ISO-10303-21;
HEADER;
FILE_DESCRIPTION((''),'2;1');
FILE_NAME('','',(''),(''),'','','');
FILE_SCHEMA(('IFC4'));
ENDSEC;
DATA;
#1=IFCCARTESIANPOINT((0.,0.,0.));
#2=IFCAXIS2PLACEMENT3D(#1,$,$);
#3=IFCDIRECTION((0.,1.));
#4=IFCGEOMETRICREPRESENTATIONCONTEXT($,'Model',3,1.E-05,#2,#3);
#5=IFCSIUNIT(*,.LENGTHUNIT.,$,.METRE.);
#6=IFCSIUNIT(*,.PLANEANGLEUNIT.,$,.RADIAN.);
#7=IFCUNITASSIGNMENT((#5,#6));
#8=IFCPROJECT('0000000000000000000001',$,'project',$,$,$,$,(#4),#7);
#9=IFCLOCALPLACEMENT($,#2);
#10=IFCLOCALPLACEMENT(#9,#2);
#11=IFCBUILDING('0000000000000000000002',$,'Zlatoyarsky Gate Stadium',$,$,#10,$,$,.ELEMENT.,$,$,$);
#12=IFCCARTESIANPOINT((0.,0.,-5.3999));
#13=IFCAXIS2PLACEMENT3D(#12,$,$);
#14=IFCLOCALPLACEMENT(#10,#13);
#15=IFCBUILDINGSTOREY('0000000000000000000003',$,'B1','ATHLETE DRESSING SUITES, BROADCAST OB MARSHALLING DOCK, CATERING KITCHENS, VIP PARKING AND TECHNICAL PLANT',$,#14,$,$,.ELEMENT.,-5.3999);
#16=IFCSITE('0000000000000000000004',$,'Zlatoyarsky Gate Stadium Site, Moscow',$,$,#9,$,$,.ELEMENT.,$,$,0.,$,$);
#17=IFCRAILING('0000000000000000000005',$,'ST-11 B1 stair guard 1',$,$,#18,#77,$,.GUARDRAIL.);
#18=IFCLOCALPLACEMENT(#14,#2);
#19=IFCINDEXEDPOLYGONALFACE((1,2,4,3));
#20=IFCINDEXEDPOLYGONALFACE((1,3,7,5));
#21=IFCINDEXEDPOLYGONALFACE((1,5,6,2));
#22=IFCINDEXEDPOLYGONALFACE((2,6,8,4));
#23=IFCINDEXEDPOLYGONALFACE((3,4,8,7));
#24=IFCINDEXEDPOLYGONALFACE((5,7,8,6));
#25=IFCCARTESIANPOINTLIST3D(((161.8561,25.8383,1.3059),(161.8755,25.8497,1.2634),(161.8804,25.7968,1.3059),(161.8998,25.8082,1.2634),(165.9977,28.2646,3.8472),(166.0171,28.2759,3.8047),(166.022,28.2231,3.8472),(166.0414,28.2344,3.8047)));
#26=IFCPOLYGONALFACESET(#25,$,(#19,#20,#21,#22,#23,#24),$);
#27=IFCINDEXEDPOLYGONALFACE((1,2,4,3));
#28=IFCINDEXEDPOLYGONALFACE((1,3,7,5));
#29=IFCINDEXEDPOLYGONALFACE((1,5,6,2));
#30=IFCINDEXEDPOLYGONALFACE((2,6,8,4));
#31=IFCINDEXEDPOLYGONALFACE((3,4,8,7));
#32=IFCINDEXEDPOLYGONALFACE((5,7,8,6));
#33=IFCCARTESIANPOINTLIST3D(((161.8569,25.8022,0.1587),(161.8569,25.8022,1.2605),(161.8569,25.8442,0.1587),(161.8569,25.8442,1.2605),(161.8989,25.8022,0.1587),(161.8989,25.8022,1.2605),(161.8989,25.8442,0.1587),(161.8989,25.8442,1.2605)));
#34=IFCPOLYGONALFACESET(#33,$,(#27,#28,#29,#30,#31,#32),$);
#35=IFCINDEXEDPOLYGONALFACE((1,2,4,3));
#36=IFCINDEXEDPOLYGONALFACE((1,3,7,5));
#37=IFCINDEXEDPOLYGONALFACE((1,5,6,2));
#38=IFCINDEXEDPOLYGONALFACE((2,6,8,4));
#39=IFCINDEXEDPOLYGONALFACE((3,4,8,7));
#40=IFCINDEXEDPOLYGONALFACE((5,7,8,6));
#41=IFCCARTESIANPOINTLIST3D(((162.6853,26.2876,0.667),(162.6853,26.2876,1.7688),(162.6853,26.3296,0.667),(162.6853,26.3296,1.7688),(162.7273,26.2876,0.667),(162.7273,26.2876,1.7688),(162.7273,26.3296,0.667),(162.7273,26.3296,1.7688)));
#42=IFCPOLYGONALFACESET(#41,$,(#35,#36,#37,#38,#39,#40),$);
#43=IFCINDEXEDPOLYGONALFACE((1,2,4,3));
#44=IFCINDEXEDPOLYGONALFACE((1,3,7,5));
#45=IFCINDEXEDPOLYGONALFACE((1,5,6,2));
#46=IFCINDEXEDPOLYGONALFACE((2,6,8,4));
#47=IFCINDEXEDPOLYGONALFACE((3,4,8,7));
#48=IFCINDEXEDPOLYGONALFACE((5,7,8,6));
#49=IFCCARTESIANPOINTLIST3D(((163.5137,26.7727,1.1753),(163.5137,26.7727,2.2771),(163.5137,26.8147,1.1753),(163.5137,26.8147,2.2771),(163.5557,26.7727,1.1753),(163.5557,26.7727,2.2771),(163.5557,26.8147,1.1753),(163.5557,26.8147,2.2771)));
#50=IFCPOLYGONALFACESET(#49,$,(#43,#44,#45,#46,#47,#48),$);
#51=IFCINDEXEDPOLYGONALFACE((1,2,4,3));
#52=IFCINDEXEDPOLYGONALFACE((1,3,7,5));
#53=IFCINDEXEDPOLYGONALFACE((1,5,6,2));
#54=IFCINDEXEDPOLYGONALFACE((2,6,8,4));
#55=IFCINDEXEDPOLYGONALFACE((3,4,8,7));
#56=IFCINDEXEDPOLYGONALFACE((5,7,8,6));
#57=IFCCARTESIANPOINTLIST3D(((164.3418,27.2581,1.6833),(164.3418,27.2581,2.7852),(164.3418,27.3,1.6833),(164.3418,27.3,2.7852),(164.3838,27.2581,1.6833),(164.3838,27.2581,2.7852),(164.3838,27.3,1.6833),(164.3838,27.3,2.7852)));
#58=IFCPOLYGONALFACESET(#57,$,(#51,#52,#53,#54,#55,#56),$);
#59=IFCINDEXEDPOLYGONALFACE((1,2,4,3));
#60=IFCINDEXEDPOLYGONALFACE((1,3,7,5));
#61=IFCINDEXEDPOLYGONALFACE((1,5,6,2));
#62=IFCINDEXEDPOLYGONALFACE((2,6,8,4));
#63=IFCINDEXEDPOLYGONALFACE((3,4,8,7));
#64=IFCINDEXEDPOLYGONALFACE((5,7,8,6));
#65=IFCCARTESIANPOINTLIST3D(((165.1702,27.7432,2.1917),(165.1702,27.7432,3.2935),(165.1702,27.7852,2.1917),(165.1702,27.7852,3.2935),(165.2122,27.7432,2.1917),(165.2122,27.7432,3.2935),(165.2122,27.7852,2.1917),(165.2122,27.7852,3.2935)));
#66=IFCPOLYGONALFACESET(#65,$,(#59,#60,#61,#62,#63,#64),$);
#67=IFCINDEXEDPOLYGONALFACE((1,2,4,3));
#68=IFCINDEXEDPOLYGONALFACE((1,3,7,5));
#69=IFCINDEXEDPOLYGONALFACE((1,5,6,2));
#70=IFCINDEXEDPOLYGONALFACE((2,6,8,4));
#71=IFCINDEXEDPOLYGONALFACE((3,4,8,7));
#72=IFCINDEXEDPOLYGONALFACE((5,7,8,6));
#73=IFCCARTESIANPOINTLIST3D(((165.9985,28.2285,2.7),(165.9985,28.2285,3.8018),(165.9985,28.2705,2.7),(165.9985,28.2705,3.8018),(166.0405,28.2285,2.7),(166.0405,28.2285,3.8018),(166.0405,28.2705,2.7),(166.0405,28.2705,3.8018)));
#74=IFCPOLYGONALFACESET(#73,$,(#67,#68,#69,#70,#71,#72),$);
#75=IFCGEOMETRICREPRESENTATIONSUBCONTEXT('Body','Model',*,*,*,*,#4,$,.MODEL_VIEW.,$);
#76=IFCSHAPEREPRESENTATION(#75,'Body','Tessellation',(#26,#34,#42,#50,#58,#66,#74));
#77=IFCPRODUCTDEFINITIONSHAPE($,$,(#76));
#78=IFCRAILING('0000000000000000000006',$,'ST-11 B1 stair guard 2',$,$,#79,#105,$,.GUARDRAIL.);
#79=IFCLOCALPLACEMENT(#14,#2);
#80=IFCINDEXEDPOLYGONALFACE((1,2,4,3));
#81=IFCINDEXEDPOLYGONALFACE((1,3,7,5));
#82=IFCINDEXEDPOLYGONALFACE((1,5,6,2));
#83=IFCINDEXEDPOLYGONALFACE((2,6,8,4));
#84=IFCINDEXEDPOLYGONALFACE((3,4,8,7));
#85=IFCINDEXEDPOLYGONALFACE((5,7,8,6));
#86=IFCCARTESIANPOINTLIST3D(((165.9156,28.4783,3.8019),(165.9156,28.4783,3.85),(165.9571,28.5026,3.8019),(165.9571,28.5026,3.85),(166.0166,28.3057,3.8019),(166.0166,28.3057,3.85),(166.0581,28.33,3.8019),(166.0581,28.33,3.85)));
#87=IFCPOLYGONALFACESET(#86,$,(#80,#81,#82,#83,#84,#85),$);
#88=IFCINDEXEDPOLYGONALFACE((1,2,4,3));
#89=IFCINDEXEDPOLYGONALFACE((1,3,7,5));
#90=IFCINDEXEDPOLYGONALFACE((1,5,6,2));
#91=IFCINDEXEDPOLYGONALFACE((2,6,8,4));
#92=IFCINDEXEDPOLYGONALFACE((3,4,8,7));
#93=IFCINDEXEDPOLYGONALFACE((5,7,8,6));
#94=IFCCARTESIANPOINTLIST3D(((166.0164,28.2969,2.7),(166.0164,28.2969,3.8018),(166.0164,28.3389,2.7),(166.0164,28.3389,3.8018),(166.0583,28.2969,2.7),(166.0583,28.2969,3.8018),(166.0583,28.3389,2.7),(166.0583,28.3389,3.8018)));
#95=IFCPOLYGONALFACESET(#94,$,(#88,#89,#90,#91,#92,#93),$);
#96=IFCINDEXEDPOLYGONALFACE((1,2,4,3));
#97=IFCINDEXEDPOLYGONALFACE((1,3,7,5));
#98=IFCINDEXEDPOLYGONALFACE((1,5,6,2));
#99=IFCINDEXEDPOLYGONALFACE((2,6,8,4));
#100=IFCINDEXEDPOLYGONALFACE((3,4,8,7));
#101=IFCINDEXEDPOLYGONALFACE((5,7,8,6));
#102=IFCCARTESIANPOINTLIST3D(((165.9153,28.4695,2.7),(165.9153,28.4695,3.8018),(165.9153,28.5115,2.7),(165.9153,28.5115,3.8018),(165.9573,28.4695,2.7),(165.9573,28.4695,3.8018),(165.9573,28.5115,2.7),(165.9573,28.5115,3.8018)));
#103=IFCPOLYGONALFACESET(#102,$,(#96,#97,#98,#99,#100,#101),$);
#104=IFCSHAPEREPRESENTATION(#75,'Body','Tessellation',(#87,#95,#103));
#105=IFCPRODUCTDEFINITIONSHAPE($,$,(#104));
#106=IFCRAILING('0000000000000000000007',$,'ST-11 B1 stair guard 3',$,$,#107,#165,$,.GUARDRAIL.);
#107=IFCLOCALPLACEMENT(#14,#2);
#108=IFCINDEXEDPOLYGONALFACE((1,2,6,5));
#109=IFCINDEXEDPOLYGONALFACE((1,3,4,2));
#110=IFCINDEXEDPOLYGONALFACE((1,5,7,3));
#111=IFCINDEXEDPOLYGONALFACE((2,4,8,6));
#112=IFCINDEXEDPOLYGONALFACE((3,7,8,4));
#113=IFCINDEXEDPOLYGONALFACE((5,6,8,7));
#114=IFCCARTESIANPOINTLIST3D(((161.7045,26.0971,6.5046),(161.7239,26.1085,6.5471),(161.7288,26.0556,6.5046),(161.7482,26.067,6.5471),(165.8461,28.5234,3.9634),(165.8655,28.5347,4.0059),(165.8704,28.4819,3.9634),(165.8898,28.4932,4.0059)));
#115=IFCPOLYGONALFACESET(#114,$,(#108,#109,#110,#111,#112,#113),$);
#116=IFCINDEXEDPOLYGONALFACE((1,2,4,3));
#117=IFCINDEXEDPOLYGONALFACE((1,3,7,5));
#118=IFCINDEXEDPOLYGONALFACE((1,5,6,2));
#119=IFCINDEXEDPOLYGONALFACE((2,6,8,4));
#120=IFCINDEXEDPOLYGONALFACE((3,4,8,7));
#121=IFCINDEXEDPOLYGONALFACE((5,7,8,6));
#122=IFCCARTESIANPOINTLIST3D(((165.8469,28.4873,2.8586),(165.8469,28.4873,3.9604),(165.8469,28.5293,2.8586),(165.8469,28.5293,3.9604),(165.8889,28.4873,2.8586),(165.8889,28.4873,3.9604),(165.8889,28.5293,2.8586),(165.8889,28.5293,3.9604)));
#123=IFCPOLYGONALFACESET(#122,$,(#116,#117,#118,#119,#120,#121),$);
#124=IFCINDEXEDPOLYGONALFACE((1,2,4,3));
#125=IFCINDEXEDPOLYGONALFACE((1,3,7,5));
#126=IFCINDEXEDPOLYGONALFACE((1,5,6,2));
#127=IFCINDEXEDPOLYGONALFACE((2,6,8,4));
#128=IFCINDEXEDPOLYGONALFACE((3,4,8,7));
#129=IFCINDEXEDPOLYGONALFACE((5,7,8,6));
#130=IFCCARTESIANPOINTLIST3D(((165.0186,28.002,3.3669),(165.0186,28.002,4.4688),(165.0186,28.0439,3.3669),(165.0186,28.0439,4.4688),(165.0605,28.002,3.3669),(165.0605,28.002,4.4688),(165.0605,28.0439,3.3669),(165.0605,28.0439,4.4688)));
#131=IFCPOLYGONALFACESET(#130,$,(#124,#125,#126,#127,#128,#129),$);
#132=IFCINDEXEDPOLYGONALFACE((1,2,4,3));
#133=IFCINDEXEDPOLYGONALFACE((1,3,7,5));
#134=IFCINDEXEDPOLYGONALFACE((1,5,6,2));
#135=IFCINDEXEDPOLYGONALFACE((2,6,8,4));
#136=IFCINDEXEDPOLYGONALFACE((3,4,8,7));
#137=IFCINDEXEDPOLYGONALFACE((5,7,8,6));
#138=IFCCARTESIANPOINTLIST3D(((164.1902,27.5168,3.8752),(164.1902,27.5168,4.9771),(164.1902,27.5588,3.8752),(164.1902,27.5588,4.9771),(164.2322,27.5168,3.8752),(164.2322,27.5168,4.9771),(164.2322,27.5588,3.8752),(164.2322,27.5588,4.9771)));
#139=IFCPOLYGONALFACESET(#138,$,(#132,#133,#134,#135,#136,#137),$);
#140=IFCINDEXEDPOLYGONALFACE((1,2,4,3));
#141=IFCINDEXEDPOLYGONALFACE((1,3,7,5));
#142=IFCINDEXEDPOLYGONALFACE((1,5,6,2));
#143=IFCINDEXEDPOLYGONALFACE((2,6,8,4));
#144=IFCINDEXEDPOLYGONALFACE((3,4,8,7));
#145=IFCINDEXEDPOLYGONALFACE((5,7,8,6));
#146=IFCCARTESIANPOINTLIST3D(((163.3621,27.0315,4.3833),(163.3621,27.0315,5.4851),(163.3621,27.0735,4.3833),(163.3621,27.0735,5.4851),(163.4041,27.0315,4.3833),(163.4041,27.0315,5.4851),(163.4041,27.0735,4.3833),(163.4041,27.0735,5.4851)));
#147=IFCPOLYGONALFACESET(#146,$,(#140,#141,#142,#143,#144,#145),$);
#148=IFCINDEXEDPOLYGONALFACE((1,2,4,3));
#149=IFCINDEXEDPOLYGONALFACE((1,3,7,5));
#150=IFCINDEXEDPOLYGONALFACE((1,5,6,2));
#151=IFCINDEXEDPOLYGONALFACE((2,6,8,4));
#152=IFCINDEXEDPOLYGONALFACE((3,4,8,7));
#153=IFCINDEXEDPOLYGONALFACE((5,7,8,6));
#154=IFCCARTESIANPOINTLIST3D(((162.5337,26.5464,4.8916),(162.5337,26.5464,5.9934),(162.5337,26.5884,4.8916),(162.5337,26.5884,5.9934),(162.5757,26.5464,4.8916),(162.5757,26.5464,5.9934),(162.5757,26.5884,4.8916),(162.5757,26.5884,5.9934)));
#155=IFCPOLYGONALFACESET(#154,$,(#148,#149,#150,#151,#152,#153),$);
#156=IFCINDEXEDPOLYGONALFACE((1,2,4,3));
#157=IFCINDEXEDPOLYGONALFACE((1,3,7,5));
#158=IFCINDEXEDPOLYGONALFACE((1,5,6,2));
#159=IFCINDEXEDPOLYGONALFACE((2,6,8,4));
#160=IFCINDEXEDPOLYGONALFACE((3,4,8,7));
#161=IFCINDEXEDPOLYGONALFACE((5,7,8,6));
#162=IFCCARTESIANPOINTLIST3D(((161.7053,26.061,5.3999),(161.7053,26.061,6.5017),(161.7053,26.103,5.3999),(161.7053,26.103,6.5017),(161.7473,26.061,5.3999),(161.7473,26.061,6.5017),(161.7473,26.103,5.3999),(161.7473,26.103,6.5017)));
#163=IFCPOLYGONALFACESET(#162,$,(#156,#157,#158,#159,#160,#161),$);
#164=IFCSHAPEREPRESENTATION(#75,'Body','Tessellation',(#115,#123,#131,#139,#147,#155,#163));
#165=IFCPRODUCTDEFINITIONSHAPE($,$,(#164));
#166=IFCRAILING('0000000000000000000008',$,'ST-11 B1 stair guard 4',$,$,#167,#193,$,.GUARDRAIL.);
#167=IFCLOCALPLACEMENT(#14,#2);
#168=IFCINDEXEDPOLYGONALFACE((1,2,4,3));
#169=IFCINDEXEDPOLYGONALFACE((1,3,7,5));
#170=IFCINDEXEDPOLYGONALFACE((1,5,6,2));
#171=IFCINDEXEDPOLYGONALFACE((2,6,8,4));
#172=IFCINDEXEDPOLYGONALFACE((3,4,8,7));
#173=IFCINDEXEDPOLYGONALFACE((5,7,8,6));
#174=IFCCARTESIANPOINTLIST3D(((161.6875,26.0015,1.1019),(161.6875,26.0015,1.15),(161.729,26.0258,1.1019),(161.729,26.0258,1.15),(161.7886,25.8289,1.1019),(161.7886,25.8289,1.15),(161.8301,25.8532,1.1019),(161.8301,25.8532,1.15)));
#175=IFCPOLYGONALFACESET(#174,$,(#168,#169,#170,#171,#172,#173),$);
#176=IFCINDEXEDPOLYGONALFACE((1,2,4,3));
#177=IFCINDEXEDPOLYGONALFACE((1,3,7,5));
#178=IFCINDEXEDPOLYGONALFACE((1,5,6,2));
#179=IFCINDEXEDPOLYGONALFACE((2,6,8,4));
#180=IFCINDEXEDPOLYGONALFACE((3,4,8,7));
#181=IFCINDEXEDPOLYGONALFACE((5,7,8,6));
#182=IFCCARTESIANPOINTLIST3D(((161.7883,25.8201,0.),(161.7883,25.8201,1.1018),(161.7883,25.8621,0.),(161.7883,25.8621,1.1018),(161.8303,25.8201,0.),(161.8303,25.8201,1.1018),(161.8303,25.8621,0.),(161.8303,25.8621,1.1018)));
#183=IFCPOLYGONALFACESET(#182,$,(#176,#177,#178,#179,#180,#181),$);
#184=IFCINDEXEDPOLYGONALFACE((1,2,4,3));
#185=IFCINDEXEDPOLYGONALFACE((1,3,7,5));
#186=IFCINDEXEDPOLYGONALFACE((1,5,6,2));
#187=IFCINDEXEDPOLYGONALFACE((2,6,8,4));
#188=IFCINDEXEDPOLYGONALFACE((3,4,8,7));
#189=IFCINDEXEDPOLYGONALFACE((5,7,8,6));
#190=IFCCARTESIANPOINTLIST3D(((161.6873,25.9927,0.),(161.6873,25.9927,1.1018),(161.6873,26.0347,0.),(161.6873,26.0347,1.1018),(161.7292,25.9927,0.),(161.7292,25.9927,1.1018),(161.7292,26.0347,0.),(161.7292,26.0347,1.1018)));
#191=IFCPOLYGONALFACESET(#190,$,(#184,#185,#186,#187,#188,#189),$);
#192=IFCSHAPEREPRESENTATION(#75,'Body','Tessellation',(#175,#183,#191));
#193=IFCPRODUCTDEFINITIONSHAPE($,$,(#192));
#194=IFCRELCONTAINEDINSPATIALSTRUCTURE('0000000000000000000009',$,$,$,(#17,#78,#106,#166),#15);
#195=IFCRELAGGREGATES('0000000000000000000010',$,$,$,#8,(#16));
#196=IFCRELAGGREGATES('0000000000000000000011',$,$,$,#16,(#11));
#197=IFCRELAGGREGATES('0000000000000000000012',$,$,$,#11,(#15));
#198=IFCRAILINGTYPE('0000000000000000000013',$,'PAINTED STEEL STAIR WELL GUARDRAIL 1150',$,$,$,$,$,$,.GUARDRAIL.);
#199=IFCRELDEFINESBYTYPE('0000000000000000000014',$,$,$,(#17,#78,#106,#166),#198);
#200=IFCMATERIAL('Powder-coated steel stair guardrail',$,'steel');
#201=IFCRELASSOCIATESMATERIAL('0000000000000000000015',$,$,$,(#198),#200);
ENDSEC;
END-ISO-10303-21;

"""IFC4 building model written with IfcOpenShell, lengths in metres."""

from ifc_helpers import new_model, si_unit, direction, frame, origin, origin_2d, place, context, subcontext, project, spatial, rectangle, extrude, material, type_object, element, save


model = new_model("IFC4")

# Units and contexts
model_context = context("Model", 3, precision=1e-05, world=origin(), true_north=direction((0.0, 1.0)))
body_context = subcontext(model_context, "Body", "Model", "MODEL_VIEW")
ifc_project = project(units=[si_unit("LENGTHUNIT", "METRE"), si_unit("PLANEANGLEUNIT", "RADIAN")], contexts=[model_context])

# Site, building, storey
site_placement = place(None, origin())
site = spatial("IfcSite", under=ifc_project, at=site_placement, Name="Zlatoyarsky Gate Stadium Site, Moscow", CompositionType="ELEMENT", RefElevation=0.0)
building_placement = place(site_placement, origin())
building = spatial("IfcBuilding", under=site, at=building_placement, Name="Zlatoyarsky Gate Stadium", CompositionType="ELEMENT")
storey_placement = place(building_placement, frame((0.0, 0.0, -5.3999)))
storey = spatial("IfcBuildingStorey", under=building, at=storey_placement, Name="B1", Description="ATHLETE DRESSING SUITES, BROADCAST OB MARSHALLING DOCK, CATERING KITCHENS, VIP PARKING AND TECHNICAL PLANT", CompositionType="ELEMENT", Elevation=-5.3999)

# Railings
ifc_material_1 = material(Name="Powder-coated steel stair guardrail", Category="steel")
railing_type_1 = type_object("IfcRailingType", Name="PAINTED STEEL STAIR WELL GUARDRAIL 1150", PredefinedType="GUARDRAIL", material=ifc_material_1)
railing_1_placement = place(storey_placement, frame((161.8779, 25.8232, 0.1587)))
element("IfcRailing", 1, at=railing_1_placement, inside=storey, type_object=railing_type_1, Name="ST-11 B1 stair guard 1", PredefinedType="GUARDRAIL", context=body_context, shape_type="SweptSolid", body=[
    extrude(rectangle(XDim=0.0481, YDim=0.0481, at=origin_2d()), frame((0.0, 0.0, 1.126), z_axis=(0.762561, 0.44673, 0.467902), x_axis=(-0.505477, 0.86284, 0.0)), (0.0, 0.0, 1.0), 5.4312),
    extrude(rectangle(XDim=0.042, YDim=0.042, at=origin_2d()), origin(), (0.0, 0.0, 1.0), 1.1018),
    extrude(rectangle(XDim=0.042, YDim=0.042, at=origin_2d()), frame((0.8284, 0.4854, 0.5083)), (0.0, 0.0, 1.0), 1.1018),
    extrude(rectangle(XDim=0.042, YDim=0.042, at=origin_2d()), frame((1.6567, 0.9705, 1.0166)), (0.0, 0.0, 1.0), 1.1018),
    extrude(rectangle(XDim=0.042, YDim=0.042, at=origin_2d()), frame((2.4849, 1.4558, 1.5247)), (0.0, 0.0, 1.0), 1.1018),
    extrude(rectangle(XDim=0.042, YDim=0.042, at=origin_2d()), frame((3.3132, 1.9409, 2.033)), (0.0, 0.0, 1.0), 1.1018),
    extrude(rectangle(XDim=0.042, YDim=0.042, at=origin_2d()), frame((4.1416, 2.4263, 2.5413)), (0.0, 0.0, 1.0), 1.1018),
])
railing_2_placement = place(storey_placement, frame((166.0374, 28.3179, 2.7)))
element("IfcRailing", 2, at=railing_2_placement, inside=storey, type_object=railing_type_1, Name="ST-11 B1 stair guard 2", PredefinedType="GUARDRAIL", context=body_context, shape_type="SweptSolid", body=[
    extrude(rectangle(XDim=0.0481, YDim=0.0481, at=origin_2d()), frame((0.0, 0.0, 1.126), z_axis=(-0.505312, 0.862937, 0.0), x_axis=(-0.862937, -0.505312, 0.0)), (0.0, 0.0, 1.0), 0.2),
    extrude(rectangle(XDim=0.042, YDim=0.042, at=origin_2d()), origin(), (0.0, 0.0, 1.0), 1.1018),
    extrude(rectangle(XDim=0.042, YDim=0.042, at=origin_2d()), frame((-0.1011, 0.1726, 0.0)), (0.0, 0.0, 1.0), 1.1018),
])
railing_3_placement = place(storey_placement, frame((165.8679, 28.5083, 2.8586)))
element("IfcRailing", 3, at=railing_3_placement, inside=storey, type_object=railing_type_1, Name="ST-11 B1 stair guard 3", PredefinedType="GUARDRAIL", context=body_context, shape_type="SweptSolid", body=[
    extrude(rectangle(XDim=0.0481, YDim=0.0481, at=origin_2d()), frame((0.0, 0.0, 1.126), z_axis=(-0.762561, -0.44673, 0.467902), x_axis=(0.505477, -0.86284, 0.0)), (0.0, 0.0, 1.0), 5.4312),
    extrude(rectangle(XDim=0.042, YDim=0.042, at=origin_2d()), origin(), (0.0, 0.0, 1.0), 1.1018),
    extrude(rectangle(XDim=0.042, YDim=0.042, at=origin_2d()), frame((-0.8284, -0.4854, 0.5083)), (0.0, 0.0, 1.0), 1.1018),
    extrude(rectangle(XDim=0.042, YDim=0.042, at=origin_2d()), frame((-1.6567, -0.9705, 1.0166)), (0.0, 0.0, 1.0), 1.1018),
    extrude(rectangle(XDim=0.042, YDim=0.042, at=origin_2d()), frame((-2.4849, -1.4558, 1.5247)), (0.0, 0.0, 1.0), 1.1018),
    extrude(rectangle(XDim=0.042, YDim=0.042, at=origin_2d()), frame((-3.3132, -1.9409, 2.033)), (0.0, 0.0, 1.0), 1.1018),
    extrude(rectangle(XDim=0.042, YDim=0.042, at=origin_2d()), frame((-4.1416, -2.4263, 2.5413)), (0.0, 0.0, 1.0), 1.1018),
])
railing_4_placement = place(storey_placement, frame((161.8093, 25.8411, 0.0)))
element("IfcRailing", 4, at=railing_4_placement, inside=storey, type_object=railing_type_1, Name="ST-11 B1 stair guard 4", PredefinedType="GUARDRAIL", context=body_context, shape_type="SweptSolid", body=[
    extrude(rectangle(XDim=0.0481, YDim=0.0481, at=origin_2d()), frame((0.0, 0.0, 1.126), z_axis=(-0.505312, 0.862937, 0.0), x_axis=(-0.862937, -0.505312, 0.0)), (0.0, 0.0, 1.0), 0.2),
    extrude(rectangle(XDim=0.042, YDim=0.042, at=origin_2d()), origin(), (0.0, 0.0, 1.0), 1.1018),
    extrude(rectangle(XDim=0.042, YDim=0.042, at=origin_2d()), frame((-0.1011, 0.1726, 0.0)), (0.0, 0.0, 1.0), 1.1018),
])

save(model, "model.ifc")
